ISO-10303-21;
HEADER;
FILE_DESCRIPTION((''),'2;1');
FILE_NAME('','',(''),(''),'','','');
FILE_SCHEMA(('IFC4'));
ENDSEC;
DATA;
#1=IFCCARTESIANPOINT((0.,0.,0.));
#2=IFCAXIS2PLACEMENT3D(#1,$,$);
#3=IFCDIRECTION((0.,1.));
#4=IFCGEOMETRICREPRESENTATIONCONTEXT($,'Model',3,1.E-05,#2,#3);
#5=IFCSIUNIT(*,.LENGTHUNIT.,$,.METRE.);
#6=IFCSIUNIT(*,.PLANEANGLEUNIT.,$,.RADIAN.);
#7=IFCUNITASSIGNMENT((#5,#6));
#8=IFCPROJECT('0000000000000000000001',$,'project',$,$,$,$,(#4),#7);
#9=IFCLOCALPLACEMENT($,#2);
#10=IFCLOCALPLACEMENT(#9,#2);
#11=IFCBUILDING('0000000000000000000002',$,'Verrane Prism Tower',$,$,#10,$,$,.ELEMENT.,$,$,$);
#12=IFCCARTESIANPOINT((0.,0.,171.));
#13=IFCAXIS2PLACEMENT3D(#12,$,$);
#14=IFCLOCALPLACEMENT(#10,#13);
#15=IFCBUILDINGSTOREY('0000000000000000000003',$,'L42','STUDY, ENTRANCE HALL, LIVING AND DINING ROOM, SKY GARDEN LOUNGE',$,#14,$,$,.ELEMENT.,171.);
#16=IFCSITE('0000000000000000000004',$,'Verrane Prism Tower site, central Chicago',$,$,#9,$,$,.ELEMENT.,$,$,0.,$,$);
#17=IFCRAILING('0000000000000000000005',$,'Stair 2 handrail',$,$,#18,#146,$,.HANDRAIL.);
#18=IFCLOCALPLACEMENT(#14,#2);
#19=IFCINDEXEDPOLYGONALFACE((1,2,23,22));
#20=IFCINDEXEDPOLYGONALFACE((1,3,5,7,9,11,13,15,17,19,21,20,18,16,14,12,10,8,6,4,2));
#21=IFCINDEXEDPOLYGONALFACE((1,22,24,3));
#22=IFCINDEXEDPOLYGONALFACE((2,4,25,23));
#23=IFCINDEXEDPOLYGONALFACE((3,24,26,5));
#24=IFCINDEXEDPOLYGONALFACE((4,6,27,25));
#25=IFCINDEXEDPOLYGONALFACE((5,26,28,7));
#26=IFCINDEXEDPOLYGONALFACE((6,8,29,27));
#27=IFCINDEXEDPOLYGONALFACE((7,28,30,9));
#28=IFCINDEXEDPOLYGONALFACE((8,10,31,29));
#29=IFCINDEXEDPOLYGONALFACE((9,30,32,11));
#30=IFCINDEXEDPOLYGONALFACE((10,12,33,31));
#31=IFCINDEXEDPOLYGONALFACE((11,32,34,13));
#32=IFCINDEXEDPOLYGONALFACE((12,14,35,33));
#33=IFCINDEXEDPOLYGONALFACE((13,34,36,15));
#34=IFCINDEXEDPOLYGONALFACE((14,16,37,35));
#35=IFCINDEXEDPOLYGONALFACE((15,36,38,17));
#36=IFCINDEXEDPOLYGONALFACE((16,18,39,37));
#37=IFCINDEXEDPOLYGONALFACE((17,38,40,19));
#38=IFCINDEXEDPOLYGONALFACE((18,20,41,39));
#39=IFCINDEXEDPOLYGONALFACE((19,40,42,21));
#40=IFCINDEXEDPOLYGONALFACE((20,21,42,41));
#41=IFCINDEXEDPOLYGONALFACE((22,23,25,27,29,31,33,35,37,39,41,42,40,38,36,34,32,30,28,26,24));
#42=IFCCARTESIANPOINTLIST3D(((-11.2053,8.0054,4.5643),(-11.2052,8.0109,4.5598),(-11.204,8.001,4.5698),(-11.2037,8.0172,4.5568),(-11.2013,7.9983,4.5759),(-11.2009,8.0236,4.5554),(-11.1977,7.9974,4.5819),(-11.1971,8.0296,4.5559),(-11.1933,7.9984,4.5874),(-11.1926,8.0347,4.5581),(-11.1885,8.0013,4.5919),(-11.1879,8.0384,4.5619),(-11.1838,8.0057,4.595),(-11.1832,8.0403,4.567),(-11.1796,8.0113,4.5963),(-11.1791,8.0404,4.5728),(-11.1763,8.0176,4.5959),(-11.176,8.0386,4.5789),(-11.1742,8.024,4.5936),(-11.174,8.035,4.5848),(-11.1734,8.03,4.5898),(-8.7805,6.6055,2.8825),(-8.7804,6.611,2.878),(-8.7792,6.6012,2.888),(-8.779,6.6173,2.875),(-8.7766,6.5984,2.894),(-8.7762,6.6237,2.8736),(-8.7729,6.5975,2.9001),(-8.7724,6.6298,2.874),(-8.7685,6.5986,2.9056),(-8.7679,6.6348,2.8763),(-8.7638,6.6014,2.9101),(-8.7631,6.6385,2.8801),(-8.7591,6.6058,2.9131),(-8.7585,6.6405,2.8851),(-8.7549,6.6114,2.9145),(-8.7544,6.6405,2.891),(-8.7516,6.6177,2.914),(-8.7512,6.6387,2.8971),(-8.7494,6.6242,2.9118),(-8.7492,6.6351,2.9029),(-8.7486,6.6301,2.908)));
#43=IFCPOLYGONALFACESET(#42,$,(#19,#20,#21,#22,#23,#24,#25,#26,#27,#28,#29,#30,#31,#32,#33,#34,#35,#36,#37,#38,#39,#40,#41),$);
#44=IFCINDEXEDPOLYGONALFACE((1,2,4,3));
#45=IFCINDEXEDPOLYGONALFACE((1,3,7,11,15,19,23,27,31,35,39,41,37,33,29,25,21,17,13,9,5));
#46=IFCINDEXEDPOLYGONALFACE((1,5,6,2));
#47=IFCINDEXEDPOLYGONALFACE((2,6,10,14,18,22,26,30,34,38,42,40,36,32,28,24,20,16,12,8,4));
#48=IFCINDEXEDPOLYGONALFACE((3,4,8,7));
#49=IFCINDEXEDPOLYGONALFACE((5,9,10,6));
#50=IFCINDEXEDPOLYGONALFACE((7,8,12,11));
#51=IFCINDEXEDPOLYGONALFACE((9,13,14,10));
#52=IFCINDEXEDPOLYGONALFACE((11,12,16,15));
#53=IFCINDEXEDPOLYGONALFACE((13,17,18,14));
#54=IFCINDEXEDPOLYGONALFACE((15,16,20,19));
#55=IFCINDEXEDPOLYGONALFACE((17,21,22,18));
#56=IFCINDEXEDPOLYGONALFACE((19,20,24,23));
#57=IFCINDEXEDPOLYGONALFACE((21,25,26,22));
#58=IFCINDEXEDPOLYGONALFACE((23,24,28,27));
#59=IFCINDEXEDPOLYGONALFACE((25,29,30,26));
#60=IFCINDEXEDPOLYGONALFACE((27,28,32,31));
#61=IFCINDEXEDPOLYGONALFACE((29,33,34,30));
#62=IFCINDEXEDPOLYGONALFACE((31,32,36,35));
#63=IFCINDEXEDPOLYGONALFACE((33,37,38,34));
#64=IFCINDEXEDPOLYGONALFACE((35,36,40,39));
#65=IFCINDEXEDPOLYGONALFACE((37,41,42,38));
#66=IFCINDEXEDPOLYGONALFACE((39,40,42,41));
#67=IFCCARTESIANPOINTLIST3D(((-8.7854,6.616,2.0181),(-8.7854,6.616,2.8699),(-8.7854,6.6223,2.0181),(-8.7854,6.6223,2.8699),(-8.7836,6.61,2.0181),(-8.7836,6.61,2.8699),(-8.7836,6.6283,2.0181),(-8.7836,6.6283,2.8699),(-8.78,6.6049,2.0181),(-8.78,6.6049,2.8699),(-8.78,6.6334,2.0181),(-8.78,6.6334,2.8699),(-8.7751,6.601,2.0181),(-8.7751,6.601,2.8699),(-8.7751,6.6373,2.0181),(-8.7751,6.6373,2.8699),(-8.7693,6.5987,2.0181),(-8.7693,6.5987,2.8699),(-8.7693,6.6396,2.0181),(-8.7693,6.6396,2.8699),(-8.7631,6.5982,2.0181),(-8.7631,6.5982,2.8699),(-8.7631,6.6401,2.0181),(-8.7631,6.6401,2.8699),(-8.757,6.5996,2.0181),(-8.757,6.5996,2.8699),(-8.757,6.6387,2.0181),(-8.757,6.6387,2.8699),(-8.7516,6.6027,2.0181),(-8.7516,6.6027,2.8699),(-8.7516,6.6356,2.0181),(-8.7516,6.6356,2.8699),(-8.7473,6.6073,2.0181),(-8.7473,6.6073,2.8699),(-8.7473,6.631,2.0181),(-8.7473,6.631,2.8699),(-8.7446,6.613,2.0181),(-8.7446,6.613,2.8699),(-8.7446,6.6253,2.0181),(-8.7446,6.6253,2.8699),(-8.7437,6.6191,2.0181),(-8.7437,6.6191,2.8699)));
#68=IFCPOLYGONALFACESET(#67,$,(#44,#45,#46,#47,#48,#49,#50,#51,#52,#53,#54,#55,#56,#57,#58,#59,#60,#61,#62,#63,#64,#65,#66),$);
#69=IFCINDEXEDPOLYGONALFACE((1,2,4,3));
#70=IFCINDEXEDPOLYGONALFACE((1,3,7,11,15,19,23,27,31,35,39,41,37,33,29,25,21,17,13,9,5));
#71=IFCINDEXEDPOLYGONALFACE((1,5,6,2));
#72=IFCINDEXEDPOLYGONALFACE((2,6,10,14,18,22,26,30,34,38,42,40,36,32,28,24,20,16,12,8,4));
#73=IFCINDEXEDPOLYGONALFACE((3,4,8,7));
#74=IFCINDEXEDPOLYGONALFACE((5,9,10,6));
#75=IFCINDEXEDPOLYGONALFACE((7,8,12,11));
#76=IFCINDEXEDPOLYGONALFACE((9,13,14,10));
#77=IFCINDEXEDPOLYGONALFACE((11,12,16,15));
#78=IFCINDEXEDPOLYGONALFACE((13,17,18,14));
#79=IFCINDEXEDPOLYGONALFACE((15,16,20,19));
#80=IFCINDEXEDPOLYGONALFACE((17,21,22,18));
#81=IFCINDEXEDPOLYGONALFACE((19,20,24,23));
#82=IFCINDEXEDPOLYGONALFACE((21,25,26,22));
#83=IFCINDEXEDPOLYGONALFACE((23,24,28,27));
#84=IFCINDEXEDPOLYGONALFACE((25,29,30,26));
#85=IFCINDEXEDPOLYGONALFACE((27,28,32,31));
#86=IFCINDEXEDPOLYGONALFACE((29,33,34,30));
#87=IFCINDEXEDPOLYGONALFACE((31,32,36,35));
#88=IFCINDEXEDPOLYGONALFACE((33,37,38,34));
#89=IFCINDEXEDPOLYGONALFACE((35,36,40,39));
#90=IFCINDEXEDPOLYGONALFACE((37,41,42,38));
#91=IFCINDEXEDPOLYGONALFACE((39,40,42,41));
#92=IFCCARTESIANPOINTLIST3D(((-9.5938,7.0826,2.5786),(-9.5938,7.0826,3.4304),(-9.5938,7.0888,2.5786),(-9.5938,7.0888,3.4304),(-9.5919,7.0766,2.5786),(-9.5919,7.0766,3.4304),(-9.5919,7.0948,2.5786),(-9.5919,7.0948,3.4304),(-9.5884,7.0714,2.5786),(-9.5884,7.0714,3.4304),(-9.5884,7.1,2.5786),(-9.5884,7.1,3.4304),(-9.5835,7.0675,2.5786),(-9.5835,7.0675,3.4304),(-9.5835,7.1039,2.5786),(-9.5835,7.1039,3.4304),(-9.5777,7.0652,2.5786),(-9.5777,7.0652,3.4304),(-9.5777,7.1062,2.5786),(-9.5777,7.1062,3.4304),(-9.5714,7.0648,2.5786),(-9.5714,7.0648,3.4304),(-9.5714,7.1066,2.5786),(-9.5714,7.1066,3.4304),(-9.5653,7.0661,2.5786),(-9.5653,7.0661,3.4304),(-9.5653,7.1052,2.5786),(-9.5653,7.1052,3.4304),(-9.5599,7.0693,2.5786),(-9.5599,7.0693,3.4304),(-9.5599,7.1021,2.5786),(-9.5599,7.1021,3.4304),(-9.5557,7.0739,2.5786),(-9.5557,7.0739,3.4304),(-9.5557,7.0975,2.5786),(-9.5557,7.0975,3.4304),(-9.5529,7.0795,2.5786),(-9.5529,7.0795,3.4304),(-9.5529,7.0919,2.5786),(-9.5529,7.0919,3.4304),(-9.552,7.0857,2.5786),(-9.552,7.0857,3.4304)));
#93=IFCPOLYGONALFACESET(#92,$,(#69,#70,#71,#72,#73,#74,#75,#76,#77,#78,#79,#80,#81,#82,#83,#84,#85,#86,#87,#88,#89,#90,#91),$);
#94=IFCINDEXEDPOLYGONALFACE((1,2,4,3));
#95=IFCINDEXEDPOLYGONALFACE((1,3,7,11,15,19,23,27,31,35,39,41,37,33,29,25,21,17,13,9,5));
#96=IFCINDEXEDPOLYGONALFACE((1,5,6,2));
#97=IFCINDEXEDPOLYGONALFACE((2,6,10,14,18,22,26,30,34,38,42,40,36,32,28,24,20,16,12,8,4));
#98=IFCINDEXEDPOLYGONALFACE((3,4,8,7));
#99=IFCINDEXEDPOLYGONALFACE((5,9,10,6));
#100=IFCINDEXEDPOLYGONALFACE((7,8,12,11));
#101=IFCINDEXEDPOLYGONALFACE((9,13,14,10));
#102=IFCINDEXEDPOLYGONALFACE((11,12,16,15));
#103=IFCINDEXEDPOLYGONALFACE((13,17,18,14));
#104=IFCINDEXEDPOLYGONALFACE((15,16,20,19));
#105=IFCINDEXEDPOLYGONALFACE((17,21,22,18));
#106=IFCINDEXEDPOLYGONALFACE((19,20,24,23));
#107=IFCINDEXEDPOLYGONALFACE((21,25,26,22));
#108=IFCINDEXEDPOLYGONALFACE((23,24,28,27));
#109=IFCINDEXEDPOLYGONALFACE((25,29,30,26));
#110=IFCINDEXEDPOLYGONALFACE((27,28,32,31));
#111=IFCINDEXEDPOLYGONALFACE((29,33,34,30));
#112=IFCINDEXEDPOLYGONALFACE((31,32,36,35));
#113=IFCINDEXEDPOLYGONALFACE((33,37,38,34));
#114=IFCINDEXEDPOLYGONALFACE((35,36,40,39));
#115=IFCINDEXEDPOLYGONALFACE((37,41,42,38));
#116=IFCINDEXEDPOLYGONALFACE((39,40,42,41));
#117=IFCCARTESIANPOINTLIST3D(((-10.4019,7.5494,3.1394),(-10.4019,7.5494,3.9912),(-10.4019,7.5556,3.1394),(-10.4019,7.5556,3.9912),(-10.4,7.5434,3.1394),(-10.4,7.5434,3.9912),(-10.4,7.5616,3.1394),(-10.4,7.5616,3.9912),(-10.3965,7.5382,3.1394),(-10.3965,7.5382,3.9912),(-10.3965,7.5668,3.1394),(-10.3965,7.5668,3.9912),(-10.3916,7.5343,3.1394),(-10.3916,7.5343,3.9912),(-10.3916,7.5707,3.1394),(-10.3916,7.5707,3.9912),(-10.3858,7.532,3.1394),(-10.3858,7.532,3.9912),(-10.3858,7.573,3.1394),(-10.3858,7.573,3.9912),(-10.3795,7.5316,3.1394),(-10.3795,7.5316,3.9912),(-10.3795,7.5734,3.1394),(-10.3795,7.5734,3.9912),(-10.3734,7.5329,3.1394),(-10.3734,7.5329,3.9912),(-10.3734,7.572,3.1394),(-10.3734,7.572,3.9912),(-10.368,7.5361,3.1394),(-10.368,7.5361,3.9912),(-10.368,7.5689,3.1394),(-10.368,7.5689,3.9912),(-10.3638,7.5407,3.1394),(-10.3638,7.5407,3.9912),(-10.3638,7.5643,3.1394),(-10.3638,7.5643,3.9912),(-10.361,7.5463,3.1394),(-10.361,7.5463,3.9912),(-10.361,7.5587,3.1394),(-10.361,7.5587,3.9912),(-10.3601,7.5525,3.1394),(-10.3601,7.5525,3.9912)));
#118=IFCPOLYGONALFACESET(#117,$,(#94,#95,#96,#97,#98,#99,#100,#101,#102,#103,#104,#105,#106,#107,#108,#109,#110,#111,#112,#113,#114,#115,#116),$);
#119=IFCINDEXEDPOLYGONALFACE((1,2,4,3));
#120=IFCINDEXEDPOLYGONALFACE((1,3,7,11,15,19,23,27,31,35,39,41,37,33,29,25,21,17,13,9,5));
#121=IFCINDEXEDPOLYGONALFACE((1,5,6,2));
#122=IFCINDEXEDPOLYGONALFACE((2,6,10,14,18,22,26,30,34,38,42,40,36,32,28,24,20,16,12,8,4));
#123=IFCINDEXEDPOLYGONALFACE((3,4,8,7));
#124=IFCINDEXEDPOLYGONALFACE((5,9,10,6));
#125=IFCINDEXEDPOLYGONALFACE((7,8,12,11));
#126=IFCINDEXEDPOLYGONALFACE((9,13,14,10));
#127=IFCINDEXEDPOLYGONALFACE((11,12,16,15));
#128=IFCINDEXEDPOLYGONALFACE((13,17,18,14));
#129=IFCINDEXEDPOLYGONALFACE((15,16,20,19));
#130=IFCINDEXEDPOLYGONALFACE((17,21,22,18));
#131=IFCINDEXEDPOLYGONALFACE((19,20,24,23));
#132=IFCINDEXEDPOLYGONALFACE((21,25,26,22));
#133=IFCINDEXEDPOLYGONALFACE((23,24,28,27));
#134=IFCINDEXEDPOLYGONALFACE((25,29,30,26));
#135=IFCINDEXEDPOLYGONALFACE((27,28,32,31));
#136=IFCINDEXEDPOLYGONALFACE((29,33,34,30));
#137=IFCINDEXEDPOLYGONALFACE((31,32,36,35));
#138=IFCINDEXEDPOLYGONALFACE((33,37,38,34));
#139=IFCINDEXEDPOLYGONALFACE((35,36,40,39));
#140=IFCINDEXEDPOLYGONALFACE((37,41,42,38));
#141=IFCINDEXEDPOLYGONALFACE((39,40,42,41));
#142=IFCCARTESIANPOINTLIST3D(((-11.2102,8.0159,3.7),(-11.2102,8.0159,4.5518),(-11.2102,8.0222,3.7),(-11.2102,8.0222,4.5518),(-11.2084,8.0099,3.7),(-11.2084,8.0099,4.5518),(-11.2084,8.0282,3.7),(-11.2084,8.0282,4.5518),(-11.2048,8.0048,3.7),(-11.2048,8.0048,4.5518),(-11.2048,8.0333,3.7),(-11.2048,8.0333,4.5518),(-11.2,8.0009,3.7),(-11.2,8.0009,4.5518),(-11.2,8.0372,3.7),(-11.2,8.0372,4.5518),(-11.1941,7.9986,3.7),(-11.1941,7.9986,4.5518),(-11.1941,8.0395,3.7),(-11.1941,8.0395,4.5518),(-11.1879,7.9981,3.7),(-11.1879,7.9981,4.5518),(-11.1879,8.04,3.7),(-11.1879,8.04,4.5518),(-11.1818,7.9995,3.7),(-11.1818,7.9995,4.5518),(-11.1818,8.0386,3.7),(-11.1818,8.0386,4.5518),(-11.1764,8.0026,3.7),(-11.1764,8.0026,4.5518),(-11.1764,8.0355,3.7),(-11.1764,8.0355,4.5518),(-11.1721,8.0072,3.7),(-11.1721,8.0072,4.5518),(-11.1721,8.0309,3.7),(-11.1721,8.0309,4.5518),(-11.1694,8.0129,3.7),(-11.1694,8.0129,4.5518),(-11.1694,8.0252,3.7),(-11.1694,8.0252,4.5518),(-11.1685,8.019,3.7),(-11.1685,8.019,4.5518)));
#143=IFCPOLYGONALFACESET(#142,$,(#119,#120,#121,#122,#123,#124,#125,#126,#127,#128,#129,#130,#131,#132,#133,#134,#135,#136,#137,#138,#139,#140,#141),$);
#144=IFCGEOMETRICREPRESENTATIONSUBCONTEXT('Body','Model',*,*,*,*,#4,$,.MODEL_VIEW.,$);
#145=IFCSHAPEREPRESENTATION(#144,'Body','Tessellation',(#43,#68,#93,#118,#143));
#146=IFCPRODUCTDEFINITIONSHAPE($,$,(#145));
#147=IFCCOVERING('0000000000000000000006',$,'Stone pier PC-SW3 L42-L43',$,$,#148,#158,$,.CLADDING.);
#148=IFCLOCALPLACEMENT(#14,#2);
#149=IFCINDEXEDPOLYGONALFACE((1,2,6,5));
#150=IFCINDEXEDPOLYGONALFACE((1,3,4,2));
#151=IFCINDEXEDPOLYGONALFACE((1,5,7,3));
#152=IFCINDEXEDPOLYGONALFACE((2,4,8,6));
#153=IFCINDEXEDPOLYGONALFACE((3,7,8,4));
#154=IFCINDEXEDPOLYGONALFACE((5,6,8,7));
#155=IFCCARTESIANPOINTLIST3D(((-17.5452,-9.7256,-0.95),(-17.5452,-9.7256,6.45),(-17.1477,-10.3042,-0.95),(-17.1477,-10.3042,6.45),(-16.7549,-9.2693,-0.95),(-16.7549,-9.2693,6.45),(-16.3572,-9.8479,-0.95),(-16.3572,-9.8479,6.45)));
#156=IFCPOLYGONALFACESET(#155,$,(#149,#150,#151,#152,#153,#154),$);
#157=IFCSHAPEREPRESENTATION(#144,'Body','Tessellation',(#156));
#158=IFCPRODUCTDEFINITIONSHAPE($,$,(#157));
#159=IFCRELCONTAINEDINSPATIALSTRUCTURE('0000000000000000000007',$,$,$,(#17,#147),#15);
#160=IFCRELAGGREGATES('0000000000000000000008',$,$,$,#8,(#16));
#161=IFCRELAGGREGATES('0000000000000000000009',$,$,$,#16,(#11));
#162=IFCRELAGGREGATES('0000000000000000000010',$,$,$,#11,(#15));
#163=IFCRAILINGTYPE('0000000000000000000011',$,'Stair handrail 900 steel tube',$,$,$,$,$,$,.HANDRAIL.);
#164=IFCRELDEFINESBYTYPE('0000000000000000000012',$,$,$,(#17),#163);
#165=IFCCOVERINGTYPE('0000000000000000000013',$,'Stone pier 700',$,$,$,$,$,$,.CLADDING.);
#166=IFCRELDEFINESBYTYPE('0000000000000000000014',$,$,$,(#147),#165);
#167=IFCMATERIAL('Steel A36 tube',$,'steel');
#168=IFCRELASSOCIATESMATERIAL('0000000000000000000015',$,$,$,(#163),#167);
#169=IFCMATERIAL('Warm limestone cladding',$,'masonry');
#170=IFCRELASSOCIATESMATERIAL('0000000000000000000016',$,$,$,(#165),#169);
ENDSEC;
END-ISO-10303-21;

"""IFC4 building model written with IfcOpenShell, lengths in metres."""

from ifc_helpers import new_model, si_unit, direction, frame, origin, origin_2d, place, context, subcontext, project, spatial, polyline, circle, outline, extrude, material, type_object, element, save


model = new_model("IFC4")

# Units and contexts
model_context = context("Model", 3, precision=1e-05, world=origin(), true_north=direction((0.0, 1.0)))
body_context = subcontext(model_context, "Body", "Model", "MODEL_VIEW")
ifc_project = project(units=[si_unit("LENGTHUNIT", "METRE"), si_unit("PLANEANGLEUNIT", "RADIAN")], contexts=[model_context])

# Site, building, storey
site_placement = place(None, origin())
site = spatial("IfcSite", under=ifc_project, at=site_placement, Name="Verrane Prism Tower site, central Chicago", CompositionType="ELEMENT", RefElevation=0.0)
building_placement = place(site_placement, origin())
building = spatial("IfcBuilding", under=site, at=building_placement, Name="Verrane Prism Tower", CompositionType="ELEMENT")
storey_placement = place(building_placement, frame((0.0, 0.0, 171.0)))
storey = spatial("IfcBuildingStorey", under=building, at=storey_placement, Name="L42", Description="STUDY, ENTRANCE HALL, LIVING AND DINING ROOM, SKY GARDEN LOUNGE", CompositionType="ELEMENT", Elevation=171.0)

# Railing
ifc_material_1 = material(Name="Steel A36 tube", Category="steel")
railing_type_1 = type_object("IfcRailingType", Name="Stair handrail 900 steel tube", PredefinedType="HANDRAIL", material=ifc_material_1)
railing_1_placement = place(storey_placement, frame((-8.7646, 6.6191, 2.0181)))
element("IfcRailing", 1, at=railing_1_placement, inside=storey, type_object=railing_type_1, Name="Stair 2 handrail", PredefinedType="HANDRAIL", context=body_context, shape_type="SweptSolid", body=[
    extrude(circle(Radius=0.0239, at=origin_2d()), frame((0.0, 0.0, 0.876), z_axis=(-0.74239, 0.428601, 0.514934), x_axis=(-0.499984, -0.866035, 0.0)), (0.0, 0.0, 1.0), 3.2661),
    extrude(circle(Radius=0.021, at=origin_2d()), origin(), (0.0, 0.0, 1.0), 0.8518),
    extrude(circle(Radius=0.021, at=origin_2d()), frame((-0.8083, 0.4666, 0.5605)), (0.0, 0.0, 1.0), 0.8518),
    extrude(circle(Radius=0.021, at=origin_2d()), frame((-1.6165, 0.9333, 1.1213)), (0.0, 0.0, 1.0), 0.8518),
    extrude(circle(Radius=0.021, at=origin_2d()), frame((-2.4248, 1.3999, 1.6819)), (0.0, 0.0, 1.0), 0.8518),
])

# Covering
ifc_material_2 = material(Name="Warm limestone cladding", Category="masonry")
covering_type = type_object("IfcCoveringType", Name="Stone pier 700", PredefinedType="CLADDING", material=ifc_material_2)
covering_placement = place(storey_placement, frame((0.0, 0.0, -0.95)))
element("IfcCovering", 2, at=covering_placement, inside=storey, type_object=covering_type, Name="Stone pier PC-SW3 L42-L43", PredefinedType="CLADDING", context=body_context, shape_type="SweptSolid", body=[
    extrude(outline(polyline([(-17.1477, -10.3042), (-16.3572, -9.8479), (-16.7549, -9.2693), (-17.5452, -9.7256), (-17.1477, -10.3042)])), origin(), (0.0, 0.0, 1.0), 7.3999),
])

save(model, "model.ifc")
